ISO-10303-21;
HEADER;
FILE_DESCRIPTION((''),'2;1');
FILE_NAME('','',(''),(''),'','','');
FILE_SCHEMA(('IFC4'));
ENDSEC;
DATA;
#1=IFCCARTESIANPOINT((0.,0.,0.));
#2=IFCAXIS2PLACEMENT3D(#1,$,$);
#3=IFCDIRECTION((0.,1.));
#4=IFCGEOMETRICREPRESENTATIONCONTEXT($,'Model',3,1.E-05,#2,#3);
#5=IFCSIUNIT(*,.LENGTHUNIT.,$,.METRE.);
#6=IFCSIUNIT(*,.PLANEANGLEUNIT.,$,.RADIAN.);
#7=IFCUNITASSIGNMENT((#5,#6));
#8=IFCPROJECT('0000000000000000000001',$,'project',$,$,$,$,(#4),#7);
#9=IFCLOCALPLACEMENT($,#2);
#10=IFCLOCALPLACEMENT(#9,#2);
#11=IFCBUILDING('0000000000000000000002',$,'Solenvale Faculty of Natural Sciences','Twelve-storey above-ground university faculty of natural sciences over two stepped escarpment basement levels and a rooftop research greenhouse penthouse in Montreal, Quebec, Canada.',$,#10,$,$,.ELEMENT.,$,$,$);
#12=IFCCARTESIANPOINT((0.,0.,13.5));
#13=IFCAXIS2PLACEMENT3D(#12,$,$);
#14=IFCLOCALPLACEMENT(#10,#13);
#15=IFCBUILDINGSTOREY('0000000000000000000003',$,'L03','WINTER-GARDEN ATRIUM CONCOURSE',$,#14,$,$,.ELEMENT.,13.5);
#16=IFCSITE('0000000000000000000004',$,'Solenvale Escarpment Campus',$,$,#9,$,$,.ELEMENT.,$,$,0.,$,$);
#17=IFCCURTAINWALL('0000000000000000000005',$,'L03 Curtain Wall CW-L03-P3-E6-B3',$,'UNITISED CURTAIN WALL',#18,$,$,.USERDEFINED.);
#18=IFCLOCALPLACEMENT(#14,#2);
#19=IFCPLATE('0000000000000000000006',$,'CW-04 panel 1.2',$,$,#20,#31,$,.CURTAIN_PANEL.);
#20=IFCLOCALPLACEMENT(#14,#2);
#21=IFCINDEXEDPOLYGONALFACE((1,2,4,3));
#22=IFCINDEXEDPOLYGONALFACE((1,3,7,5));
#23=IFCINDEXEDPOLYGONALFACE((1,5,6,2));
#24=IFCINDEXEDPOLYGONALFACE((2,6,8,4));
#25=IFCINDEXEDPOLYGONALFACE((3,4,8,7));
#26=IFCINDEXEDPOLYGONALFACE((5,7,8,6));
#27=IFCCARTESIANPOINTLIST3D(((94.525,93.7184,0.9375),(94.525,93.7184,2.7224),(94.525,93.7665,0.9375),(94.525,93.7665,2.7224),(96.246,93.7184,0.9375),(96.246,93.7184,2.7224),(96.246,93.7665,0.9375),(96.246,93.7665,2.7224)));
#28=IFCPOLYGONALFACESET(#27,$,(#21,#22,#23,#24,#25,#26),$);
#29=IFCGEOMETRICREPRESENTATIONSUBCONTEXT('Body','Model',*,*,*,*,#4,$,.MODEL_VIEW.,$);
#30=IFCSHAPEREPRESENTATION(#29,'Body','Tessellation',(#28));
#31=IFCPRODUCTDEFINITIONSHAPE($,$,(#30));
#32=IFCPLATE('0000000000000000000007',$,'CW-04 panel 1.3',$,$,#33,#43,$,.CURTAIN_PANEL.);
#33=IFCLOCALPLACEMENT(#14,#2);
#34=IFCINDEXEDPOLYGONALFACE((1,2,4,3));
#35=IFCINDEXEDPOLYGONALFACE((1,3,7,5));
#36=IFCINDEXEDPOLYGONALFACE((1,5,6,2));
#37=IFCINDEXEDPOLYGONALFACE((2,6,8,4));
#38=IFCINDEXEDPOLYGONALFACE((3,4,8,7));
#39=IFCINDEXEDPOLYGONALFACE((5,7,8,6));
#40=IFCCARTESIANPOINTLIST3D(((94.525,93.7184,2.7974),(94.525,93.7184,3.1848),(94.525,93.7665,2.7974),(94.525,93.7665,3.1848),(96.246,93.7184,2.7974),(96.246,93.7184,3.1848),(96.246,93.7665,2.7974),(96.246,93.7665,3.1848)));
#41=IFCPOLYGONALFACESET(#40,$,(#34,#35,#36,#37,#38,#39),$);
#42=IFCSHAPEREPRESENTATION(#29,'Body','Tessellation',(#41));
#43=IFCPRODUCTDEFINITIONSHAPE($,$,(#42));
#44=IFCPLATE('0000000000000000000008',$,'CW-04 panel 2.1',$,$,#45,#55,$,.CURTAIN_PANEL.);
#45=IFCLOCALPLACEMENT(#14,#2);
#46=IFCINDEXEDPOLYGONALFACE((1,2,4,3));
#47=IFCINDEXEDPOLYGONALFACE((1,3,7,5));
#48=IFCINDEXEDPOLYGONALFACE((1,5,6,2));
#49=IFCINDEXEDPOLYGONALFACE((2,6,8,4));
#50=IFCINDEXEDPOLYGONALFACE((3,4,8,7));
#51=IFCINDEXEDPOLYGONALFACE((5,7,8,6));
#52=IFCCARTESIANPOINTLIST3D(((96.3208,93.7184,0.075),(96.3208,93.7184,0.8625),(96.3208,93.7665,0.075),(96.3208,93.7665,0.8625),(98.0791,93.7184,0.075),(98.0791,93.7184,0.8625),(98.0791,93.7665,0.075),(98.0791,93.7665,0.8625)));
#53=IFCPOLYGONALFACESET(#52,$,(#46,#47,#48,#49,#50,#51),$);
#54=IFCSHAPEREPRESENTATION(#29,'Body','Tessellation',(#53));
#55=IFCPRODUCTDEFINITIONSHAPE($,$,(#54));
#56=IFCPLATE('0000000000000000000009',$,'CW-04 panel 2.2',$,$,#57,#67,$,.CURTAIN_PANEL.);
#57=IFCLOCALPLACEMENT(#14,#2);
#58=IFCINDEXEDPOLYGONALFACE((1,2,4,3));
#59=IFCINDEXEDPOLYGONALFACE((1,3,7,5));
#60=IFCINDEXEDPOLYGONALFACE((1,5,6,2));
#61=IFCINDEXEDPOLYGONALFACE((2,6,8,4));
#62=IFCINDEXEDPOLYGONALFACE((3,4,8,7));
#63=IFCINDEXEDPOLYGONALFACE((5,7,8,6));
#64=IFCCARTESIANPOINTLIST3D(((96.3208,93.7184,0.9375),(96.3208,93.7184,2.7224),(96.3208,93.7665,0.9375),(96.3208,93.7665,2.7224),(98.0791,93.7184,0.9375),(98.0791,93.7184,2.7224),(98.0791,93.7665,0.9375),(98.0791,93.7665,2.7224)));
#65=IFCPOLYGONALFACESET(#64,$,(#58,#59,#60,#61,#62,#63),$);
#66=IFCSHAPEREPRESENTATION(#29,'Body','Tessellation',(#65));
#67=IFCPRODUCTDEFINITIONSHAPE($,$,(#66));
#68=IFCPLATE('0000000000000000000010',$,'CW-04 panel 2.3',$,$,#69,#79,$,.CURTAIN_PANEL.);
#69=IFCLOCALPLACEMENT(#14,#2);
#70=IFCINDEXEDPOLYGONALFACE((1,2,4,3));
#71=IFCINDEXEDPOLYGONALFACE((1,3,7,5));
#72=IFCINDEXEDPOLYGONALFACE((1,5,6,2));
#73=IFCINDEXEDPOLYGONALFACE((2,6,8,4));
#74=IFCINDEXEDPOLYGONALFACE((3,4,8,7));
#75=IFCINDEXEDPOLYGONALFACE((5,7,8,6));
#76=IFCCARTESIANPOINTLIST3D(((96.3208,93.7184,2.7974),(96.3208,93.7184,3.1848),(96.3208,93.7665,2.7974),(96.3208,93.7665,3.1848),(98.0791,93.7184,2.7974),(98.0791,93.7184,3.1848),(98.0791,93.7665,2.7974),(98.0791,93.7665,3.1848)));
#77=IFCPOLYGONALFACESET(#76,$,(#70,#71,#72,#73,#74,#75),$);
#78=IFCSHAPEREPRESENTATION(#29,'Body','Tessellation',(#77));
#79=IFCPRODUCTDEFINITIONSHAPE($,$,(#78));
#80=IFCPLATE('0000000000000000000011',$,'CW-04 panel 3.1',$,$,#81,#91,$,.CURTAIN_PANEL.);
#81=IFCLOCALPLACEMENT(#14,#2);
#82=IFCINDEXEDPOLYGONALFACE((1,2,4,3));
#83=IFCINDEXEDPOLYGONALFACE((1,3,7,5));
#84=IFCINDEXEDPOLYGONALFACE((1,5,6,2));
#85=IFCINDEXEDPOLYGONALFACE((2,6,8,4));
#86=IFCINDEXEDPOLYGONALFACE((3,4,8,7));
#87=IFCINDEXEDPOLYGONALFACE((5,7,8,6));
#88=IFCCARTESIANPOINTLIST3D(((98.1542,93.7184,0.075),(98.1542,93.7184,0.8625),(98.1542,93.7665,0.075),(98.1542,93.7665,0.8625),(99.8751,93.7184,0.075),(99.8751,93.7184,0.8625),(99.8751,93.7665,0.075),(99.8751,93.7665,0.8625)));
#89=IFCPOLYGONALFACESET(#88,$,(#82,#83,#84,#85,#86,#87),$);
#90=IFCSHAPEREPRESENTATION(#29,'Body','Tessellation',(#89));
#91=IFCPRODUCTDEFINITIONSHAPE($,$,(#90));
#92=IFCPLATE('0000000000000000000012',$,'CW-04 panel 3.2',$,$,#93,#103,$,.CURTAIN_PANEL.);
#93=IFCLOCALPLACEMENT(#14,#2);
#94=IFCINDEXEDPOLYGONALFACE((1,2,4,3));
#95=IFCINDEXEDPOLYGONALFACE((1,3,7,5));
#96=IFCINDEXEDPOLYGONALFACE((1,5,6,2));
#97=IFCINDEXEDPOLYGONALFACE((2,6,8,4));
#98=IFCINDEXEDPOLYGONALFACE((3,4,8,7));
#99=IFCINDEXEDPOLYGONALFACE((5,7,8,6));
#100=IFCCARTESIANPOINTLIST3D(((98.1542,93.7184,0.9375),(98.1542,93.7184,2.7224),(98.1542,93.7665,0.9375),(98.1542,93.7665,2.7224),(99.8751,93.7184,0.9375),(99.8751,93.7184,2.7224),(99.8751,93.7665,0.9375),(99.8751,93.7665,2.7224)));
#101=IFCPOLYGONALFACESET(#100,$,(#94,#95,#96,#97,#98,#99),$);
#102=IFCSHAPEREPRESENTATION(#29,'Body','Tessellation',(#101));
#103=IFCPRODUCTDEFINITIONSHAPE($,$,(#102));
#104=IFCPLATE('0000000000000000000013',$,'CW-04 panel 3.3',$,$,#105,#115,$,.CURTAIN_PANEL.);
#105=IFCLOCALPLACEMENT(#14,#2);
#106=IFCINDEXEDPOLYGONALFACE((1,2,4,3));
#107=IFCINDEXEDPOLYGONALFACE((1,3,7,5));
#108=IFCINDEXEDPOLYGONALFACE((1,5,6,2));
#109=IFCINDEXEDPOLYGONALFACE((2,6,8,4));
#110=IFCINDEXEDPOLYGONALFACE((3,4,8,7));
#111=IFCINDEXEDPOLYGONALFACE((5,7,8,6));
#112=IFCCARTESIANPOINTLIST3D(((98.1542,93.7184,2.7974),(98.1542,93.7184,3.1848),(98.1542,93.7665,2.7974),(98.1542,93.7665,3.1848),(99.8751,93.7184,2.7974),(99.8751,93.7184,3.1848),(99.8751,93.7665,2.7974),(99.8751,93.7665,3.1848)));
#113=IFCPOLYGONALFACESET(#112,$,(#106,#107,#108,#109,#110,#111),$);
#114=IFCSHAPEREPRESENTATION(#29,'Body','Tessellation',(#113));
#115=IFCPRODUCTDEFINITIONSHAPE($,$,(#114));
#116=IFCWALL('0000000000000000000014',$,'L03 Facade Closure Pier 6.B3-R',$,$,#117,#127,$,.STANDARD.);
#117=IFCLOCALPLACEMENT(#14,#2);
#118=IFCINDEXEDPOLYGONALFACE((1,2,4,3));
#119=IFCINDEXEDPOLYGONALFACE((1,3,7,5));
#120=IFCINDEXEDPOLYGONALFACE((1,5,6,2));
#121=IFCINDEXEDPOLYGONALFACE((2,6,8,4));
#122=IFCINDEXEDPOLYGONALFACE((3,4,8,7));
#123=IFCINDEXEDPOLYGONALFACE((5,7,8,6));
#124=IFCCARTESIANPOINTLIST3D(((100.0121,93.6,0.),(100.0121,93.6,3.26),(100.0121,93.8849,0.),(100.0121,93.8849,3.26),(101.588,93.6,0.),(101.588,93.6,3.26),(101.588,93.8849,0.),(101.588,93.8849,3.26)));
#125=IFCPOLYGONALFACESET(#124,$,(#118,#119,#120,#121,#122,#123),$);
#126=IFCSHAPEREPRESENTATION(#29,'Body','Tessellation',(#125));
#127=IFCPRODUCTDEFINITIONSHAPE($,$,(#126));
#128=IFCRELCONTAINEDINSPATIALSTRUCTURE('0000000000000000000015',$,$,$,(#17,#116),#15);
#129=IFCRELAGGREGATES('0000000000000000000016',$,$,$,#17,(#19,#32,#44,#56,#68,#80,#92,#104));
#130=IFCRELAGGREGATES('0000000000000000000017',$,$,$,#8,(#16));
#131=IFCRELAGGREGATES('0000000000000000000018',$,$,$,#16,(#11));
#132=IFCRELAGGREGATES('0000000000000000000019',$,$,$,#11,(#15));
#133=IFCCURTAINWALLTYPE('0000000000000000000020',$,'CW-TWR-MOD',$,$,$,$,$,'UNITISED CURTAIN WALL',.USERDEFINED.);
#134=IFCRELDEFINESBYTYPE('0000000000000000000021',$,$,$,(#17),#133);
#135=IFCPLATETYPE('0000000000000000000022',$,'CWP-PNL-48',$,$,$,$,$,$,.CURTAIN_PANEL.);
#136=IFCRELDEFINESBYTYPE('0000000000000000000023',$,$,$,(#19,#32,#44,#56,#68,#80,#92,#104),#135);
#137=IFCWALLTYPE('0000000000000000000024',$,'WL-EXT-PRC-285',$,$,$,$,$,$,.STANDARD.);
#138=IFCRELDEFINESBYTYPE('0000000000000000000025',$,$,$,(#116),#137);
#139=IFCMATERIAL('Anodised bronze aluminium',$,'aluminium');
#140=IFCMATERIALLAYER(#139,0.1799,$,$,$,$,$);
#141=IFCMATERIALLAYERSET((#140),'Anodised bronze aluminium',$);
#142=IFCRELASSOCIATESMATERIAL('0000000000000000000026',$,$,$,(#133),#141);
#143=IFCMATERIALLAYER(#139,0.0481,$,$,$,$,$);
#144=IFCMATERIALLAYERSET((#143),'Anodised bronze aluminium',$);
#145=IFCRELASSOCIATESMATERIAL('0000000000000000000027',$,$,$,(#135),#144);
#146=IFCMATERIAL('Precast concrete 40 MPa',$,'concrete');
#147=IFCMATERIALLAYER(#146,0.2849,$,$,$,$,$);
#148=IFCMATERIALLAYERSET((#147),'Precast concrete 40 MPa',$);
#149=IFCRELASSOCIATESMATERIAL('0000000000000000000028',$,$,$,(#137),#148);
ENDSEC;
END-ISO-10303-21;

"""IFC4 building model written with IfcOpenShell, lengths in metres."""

from ifc_helpers import new_model, si_unit, direction, frame, frame_2d, origin, origin_2d, place, context, subcontext, project, spatial, rectangle, extrude, material, layer, layer_set, type_object, element, aggregate, save


model = new_model("IFC4")

# Units and contexts
model_context = context("Model", 3, precision=1e-05, world=origin(), true_north=direction((0.0, 1.0)))
body_context = subcontext(model_context, "Body", "Model", "MODEL_VIEW")
ifc_project = project(units=[si_unit("LENGTHUNIT", "METRE"), si_unit("PLANEANGLEUNIT", "RADIAN")], contexts=[model_context])

# Site, building, storey
site_placement = place(None, origin())
site = spatial("IfcSite", under=ifc_project, at=site_placement, Name="Solenvale Escarpment Campus", CompositionType="ELEMENT", RefElevation=0.0)
building_placement = place(site_placement, origin())
building = spatial("IfcBuilding", under=site, at=building_placement, Name="Solenvale Faculty of Natural Sciences", Description="Twelve-storey above-ground university faculty of natural sciences over two stepped escarpment basement levels and a rooftop research greenhouse penthouse in Montreal, Quebec, Canada.", CompositionType="ELEMENT")
storey_placement = place(building_placement, frame((0.0, 0.0, 13.5)))
storey = spatial("IfcBuildingStorey", under=building, at=storey_placement, Name="L03", Description="WINTER-GARDEN ATRIUM CONCOURSE", CompositionType="ELEMENT", Elevation=13.5)

# Curtain wall
ifc_material_1 = material(Name="Anodised bronze aluminium", Category="aluminium")
ifc_layer_1 = layer(ifc_material_1, 0.1799)
ifc_layer_set_1 = layer_set([ifc_layer_1], Name="Anodised bronze aluminium")
curtain_wall_type = type_object("IfcCurtainWallType", Name="CW-TWR-MOD", ElementType="UNITISED CURTAIN WALL", PredefinedType="USERDEFINED", material=ifc_layer_set_1)
curtain_wall_1_placement = place(storey_placement, origin())
curtain_wall_1 = element("IfcCurtainWall", 1, at=curtain_wall_1_placement, inside=storey, type_object=curtain_wall_type, Name="L03 Curtain Wall CW-L03-P3-E6-B3", ObjectType="UNITISED CURTAIN WALL", PredefinedType="USERDEFINED")

# Plates
ifc_layer_2 = layer(ifc_material_1, 0.0481)
ifc_layer_set_2 = layer_set([ifc_layer_2], Name="Anodised bronze aluminium")
plate_type = type_object("IfcPlateType", Name="CWP-PNL-48", PredefinedType="CURTAIN_PANEL", material=ifc_layer_set_2)
plate_1_placement = place(storey_placement, frame((95.3855, 93.7424, 0.9375), z_axis=(0.0, 0.0, 1.0), x_axis=(1.0, 0.0, 0.0)))
plate_1 = element("IfcPlate", 2, at=plate_1_placement, type_object=plate_type, Name="CW-04 panel 1.2", PredefinedType="CURTAIN_PANEL", context=body_context, shape_type="SweptSolid", body=[
    extrude(rectangle(XDim=1.7209, YDim=0.0481, at=origin_2d()), origin(), (0.0, 0.0, 1.0), 1.7849),
])
plate_2_placement = place(storey_placement, frame((95.3855, 93.7424, 2.7974), z_axis=(0.0, 0.0, 1.0), x_axis=(1.0, 0.0, 0.0)))
plate_2 = element("IfcPlate", 3, at=plate_2_placement, type_object=plate_type, Name="CW-04 panel 1.3", PredefinedType="CURTAIN_PANEL", context=body_context, shape_type="SweptSolid", body=[
    extrude(rectangle(XDim=1.7209, YDim=0.0481, at=origin_2d()), origin(), (0.0, 0.0, 1.0), 0.3875),
])
plate_3_placement = place(storey_placement, frame((97.2, 93.7424, 0.075), z_axis=(0.0, 0.0, 1.0), x_axis=(1.0, 0.0, 0.0)))
plate_3 = element("IfcPlate", 4, at=plate_3_placement, type_object=plate_type, Name="CW-04 panel 2.1", PredefinedType="CURTAIN_PANEL", context=body_context, shape_type="SweptSolid", body=[
    extrude(rectangle(XDim=1.7583, YDim=0.0481, at=origin_2d()), origin(), (0.0, 0.0, 1.0), 0.7876),
])
plate_4_placement = place(storey_placement, frame((97.2, 93.7424, 0.9375), z_axis=(0.0, 0.0, 1.0), x_axis=(1.0, 0.0, 0.0)))
plate_4 = element("IfcPlate", 5, at=plate_4_placement, type_object=plate_type, Name="CW-04 panel 2.2", PredefinedType="CURTAIN_PANEL", context=body_context, shape_type="SweptSolid", body=[
    extrude(rectangle(XDim=1.7583, YDim=0.0481, at=origin_2d()), origin(), (0.0, 0.0, 1.0), 1.7849),
])
plate_5_placement = place(storey_placement, frame((97.2, 93.7424, 2.7974), z_axis=(0.0, 0.0, 1.0), x_axis=(1.0, 0.0, 0.0)))
plate_5 = element("IfcPlate", 6, at=plate_5_placement, type_object=plate_type, Name="CW-04 panel 2.3", PredefinedType="CURTAIN_PANEL", context=body_context, shape_type="SweptSolid", body=[
    extrude(rectangle(XDim=1.7583, YDim=0.0481, at=origin_2d()), origin(), (0.0, 0.0, 1.0), 0.3875),
])
plate_6_placement = place(storey_placement, frame((99.0146, 93.7424, 0.075), z_axis=(0.0, 0.0, 1.0), x_axis=(1.0, 0.0, 0.0)))
plate_6 = element("IfcPlate", 7, at=plate_6_placement, type_object=plate_type, Name="CW-04 panel 3.1", PredefinedType="CURTAIN_PANEL", context=body_context, shape_type="SweptSolid", body=[
    extrude(rectangle(XDim=1.7209, YDim=0.0481, at=origin_2d()), origin(), (0.0, 0.0, 1.0), 0.7876),
])
plate_7_placement = place(storey_placement, frame((99.0146, 93.7424, 0.9375), z_axis=(0.0, 0.0, 1.0), x_axis=(1.0, 0.0, 0.0)))
plate_7 = element("IfcPlate", 8, at=plate_7_placement, type_object=plate_type, Name="CW-04 panel 3.2", PredefinedType="CURTAIN_PANEL", context=body_context, shape_type="SweptSolid", body=[
    extrude(rectangle(XDim=1.7209, YDim=0.0481, at=origin_2d()), origin(), (0.0, 0.0, 1.0), 1.7849),
])
plate_8_placement = place(storey_placement, frame((99.0146, 93.7424, 2.7974), z_axis=(0.0, 0.0, 1.0), x_axis=(1.0, 0.0, 0.0)))
plate_8 = element("IfcPlate", 9, at=plate_8_placement, type_object=plate_type, Name="CW-04 panel 3.3", PredefinedType="CURTAIN_PANEL", context=body_context, shape_type="SweptSolid", body=[
    extrude(rectangle(XDim=1.7209, YDim=0.0481, at=origin_2d()), origin(), (0.0, 0.0, 1.0), 0.3875),
])
aggregate(curtain_wall_1, [plate_1, plate_2, plate_3, plate_4, plate_5, plate_6, plate_7, plate_8])

# Wall
ifc_material_2 = material(Name="Precast concrete 40 MPa", Category="concrete")
ifc_layer_3 = layer(ifc_material_2, 0.2849)
ifc_layer_set_3 = layer_set([ifc_layer_3], Name="Precast concrete 40 MPa")
wall_type = type_object("IfcWallType", Name="WL-EXT-PRC-285", PredefinedType="STANDARD", material=ifc_layer_set_3)
wall_placement = place(storey_placement, frame((100.012, 93.7424, 0.0), z_axis=(0.0, 0.0, 1.0), x_axis=(1.0, 0.0, 0.0)))
element("IfcWall", 10, at=wall_placement, inside=storey, type_object=wall_type, Name="L03 Facade Closure Pier 6.B3-R", PredefinedType="STANDARD", context=body_context, shape_type="SweptSolid", body=[
    extrude(rectangle(XDim=1.5759, YDim=0.2849, at=frame_2d((0.7881, 0.0))), origin(), (0.0, 0.0, 1.0), 3.26),
])

save(model, "model.ifc")
